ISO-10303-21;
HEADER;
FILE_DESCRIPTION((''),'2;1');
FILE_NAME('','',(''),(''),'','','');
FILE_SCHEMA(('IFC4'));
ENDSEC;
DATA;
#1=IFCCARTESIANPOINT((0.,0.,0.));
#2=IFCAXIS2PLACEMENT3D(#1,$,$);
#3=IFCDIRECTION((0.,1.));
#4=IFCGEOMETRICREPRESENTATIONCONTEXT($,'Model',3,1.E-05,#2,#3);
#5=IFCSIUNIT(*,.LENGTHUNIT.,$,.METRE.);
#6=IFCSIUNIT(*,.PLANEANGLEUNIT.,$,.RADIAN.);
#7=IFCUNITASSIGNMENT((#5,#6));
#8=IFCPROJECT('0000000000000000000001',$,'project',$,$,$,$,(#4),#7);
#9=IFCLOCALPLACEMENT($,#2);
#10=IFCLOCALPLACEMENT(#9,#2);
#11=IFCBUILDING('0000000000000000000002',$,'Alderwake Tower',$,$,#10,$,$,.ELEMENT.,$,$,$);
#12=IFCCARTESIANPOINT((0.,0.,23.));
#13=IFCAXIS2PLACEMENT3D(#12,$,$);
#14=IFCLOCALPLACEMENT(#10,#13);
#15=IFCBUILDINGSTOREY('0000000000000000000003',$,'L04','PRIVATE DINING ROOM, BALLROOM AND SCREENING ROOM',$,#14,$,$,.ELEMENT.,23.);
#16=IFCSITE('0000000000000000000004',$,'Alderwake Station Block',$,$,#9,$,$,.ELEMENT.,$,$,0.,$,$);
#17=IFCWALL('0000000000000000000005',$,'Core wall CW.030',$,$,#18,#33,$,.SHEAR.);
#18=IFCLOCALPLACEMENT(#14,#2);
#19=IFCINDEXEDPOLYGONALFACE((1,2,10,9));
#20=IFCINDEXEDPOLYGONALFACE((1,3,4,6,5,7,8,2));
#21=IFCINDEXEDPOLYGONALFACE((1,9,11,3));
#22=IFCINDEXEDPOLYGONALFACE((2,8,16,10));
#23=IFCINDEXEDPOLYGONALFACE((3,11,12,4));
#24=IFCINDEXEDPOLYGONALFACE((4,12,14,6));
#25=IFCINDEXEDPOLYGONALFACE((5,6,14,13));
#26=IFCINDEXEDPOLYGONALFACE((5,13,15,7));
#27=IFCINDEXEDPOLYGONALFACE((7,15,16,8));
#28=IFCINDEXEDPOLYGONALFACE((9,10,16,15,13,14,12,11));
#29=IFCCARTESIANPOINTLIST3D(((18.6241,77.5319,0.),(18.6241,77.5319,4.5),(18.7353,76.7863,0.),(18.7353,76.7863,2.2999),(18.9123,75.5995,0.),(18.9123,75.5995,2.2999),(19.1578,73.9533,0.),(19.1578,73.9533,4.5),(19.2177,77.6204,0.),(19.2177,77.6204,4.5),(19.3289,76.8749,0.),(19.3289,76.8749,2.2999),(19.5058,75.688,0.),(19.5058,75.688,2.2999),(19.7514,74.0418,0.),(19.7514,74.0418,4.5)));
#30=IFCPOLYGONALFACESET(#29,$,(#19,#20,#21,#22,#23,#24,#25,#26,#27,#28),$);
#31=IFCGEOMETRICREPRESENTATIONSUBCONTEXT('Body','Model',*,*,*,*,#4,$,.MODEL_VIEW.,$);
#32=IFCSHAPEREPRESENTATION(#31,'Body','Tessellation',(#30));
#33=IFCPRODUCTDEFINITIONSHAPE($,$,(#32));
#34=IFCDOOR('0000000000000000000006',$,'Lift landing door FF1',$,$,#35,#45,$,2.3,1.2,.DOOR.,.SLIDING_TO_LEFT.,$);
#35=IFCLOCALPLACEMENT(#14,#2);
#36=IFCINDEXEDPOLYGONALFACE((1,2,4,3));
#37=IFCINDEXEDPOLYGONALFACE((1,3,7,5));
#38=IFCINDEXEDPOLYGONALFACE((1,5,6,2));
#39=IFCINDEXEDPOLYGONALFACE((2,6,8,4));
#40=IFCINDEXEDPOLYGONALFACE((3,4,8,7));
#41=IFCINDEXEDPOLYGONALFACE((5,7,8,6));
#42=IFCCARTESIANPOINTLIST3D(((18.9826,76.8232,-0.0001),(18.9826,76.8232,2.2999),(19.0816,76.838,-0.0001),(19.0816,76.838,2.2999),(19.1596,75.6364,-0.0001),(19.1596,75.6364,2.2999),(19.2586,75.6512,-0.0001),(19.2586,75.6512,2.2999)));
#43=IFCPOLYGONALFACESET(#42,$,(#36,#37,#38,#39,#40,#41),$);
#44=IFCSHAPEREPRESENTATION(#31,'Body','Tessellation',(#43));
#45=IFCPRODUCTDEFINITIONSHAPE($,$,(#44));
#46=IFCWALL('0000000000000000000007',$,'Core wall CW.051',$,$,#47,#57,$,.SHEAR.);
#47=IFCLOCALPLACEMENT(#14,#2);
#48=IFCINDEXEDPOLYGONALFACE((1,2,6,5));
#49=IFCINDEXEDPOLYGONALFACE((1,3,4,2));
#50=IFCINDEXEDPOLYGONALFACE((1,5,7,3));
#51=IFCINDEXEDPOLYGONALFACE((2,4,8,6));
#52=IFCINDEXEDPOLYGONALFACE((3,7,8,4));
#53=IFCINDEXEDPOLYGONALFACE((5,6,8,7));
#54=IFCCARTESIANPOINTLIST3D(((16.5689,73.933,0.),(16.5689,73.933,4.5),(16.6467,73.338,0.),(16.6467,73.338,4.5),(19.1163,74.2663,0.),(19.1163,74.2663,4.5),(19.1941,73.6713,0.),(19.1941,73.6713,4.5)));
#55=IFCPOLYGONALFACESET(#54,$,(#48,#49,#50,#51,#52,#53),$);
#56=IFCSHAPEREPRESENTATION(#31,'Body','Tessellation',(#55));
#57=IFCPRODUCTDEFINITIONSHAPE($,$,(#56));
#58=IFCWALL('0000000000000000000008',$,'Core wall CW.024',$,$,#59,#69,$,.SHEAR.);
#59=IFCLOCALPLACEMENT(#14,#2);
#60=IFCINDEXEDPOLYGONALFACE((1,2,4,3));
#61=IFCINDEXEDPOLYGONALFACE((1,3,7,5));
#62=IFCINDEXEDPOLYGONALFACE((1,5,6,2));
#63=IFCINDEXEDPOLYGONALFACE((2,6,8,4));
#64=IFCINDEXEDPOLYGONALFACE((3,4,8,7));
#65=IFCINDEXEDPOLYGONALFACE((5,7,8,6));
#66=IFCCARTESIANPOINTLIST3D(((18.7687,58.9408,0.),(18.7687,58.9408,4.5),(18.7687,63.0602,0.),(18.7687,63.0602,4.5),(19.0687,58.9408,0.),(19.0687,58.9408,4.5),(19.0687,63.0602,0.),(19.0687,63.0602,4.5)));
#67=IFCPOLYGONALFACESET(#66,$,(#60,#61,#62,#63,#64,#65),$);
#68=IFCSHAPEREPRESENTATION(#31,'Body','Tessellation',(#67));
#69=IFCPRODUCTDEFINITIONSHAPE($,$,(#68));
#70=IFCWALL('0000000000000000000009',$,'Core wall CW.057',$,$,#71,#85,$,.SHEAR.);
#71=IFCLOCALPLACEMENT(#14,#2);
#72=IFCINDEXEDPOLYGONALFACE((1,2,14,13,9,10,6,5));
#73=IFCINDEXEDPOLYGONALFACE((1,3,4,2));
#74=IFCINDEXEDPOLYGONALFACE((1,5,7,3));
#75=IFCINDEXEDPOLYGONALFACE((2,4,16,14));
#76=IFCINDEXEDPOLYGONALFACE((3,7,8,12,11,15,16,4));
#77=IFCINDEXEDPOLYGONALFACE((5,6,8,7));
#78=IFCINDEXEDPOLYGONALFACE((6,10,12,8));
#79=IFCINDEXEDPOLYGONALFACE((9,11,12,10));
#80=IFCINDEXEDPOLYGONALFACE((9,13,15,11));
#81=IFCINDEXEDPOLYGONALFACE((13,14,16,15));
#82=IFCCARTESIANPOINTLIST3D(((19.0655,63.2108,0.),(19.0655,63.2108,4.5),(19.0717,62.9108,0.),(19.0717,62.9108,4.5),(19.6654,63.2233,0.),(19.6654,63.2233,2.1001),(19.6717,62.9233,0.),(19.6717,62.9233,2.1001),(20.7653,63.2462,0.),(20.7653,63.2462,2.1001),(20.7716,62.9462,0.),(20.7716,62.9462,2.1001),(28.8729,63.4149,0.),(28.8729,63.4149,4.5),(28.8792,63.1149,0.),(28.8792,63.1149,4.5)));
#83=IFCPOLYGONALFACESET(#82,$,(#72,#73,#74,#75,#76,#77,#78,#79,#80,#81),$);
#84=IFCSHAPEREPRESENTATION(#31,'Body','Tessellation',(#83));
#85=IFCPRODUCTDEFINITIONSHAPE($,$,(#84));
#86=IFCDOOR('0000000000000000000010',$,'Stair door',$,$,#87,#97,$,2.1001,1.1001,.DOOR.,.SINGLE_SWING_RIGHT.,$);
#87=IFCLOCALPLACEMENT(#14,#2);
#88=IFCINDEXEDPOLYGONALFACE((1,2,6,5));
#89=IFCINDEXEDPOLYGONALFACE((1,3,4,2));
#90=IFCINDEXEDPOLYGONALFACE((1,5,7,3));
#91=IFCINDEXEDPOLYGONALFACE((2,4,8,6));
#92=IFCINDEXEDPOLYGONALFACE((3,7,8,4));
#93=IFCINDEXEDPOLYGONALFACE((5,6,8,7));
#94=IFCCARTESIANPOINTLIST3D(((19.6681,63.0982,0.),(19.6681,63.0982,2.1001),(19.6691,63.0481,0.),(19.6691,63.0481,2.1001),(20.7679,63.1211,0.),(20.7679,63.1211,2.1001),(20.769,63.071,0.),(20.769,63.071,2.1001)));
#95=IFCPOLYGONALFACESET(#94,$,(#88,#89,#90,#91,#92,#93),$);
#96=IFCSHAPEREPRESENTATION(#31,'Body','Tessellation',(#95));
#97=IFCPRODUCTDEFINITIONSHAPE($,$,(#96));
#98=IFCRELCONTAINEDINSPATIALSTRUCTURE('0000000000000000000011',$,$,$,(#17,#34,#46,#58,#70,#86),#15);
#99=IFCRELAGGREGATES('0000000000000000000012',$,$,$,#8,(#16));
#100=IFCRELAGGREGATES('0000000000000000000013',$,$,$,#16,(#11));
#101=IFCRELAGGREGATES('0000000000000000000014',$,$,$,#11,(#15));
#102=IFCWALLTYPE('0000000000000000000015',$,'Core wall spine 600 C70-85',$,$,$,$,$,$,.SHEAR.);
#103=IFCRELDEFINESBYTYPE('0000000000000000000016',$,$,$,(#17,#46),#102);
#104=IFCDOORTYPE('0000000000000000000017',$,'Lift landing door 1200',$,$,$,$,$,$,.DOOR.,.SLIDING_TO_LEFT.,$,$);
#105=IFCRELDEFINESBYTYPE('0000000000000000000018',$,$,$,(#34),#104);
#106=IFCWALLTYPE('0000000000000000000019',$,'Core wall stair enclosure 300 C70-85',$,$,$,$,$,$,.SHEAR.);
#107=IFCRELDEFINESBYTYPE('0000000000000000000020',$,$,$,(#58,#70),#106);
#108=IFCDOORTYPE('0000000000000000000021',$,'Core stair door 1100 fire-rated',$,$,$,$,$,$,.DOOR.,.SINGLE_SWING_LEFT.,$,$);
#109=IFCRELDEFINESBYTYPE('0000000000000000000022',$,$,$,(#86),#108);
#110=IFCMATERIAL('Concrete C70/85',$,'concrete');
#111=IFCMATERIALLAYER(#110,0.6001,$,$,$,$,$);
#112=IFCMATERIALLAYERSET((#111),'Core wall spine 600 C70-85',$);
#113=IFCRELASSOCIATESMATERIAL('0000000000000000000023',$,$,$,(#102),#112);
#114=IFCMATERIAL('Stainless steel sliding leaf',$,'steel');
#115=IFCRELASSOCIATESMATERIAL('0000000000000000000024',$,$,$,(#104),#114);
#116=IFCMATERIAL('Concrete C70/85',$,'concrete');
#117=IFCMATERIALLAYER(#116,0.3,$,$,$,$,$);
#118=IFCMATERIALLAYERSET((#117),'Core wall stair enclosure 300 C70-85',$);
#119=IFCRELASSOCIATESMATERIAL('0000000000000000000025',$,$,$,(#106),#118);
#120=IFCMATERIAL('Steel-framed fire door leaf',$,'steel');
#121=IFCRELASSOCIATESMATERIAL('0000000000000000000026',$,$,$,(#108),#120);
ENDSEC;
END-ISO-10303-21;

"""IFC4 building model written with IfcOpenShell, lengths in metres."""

from ifc_helpers import new_model, si_unit, direction, frame, frame_2d, origin, place, context, subcontext, project, spatial, rectangle, extrude, material, layer, layer_set, type_object, element, fill, save


model = new_model("IFC4")

# Units and contexts
model_context = context("Model", 3, precision=1e-05, world=origin(), true_north=direction((0.0, 1.0)))
body_context = subcontext(model_context, "Body", "Model", "MODEL_VIEW")
ifc_project = project(units=[si_unit("LENGTHUNIT", "METRE"), si_unit("PLANEANGLEUNIT", "RADIAN")], contexts=[model_context])

# Site, building, storey
site_placement = place(None, origin())
site = spatial("IfcSite", under=ifc_project, at=site_placement, Name="Alderwake Station Block", CompositionType="ELEMENT", RefElevation=0.0)
building_placement = place(site_placement, origin())
building = spatial("IfcBuilding", under=site, at=building_placement, Name="Alderwake Tower", CompositionType="ELEMENT")
storey_placement = place(building_placement, frame((0.0, 0.0, 23.0)))
storey = spatial("IfcBuildingStorey", under=building, at=storey_placement, Name="L04", Description="PRIVATE DINING ROOM, BALLROOM AND SCREENING ROOM", CompositionType="ELEMENT", Elevation=23.0)

# Shared definitions
ifc_material_1 = material(Name="Concrete C70/85", Category="concrete")
ifc_layer_1 = layer(ifc_material_1, 0.6001)
ifc_layer_set_1 = layer_set([ifc_layer_1], Name="Core wall spine 600 C70-85")
wall_type_1 = type_object("IfcWallType", Name="Core wall spine 600 C70-85", PredefinedType="SHEAR", material=ifc_layer_set_1)

# Wall, opening, door
wall_1_placement = place(storey_placement, frame((19.4546, 73.9976, 0.0), z_axis=(0.0, 0.0, 1.0), x_axis=(-0.147502, 0.989062, 0.0)))
wall_1 = element("IfcWall", 1, at=wall_1_placement, inside=storey, type_object=wall_type_1, Name="Core wall CW.030", PredefinedType="SHEAR", context=body_context, shape_type="SweptSolid", body=[
    extrude(rectangle(XDim=3.6182, YDim=0.6001, at=frame_2d((1.8091, 0.0))), origin(), (0.0, 0.0, 1.0), 4.5),
])
opening_1_placement = place(wall_1_placement, frame((1.6643, 0.0, 0.0)))
opening_1 = element("IfcOpeningElement", 2, at=opening_1_placement, cuts=wall_1, PredefinedType="OPENING", context=body_context, shape_type="SweptSolid", body=[
    extrude(rectangle(XDim=1.2, YDim=2.3, at=frame_2d((0.6001, 1.1499))), frame((0.0, 0.3101, 0.0), z_axis=(0.0, -1.0, 0.0), x_axis=(1.0, 0.0, 0.0)), (0.0, 0.0, 1.0), 0.6201),
])
ifc_material_2 = material(Name="Stainless steel sliding leaf", Category="steel")
door_type_1 = type_object("IfcDoorType", Name="Lift landing door 1200", OperationType="SLIDING_TO_LEFT", PredefinedType="DOOR", material=ifc_material_2)
door_1_placement = place(opening_1_placement, origin())
door_1 = element("IfcDoor", 3, at=door_1_placement, inside=storey, type_object=door_type_1, Name="Lift landing door FF1", OperationType="SLIDING_TO_LEFT", OverallHeight=2.3, OverallWidth=1.2, PredefinedType="DOOR", context=body_context, shape_type="SweptSolid", body=[
    extrude(rectangle(XDim=1.2, YDim=2.3, at=frame_2d((0.6001, 1.1499))), frame((0.0, 0.05, 0.0), z_axis=(0.0, -1.0, 0.0), x_axis=(1.0, 0.0, 0.0)), (0.0, 0.0, 1.0), 0.1001),
])
fill(opening_1, door_1)

# Walls
wall_2_placement = place(storey_placement, frame((16.6077, 73.6355, 0.0), z_axis=(0.0, 0.0, 1.0), x_axis=(0.991551, 0.129717, 0.0)))
element("IfcWall", 4, at=wall_2_placement, inside=storey, type_object=wall_type_1, Name="Core wall CW.051", PredefinedType="SHEAR", context=body_context, shape_type="SweptSolid", body=[
    extrude(rectangle(XDim=2.5691, YDim=0.6001, at=frame_2d((1.2847, 0.0))), origin(), (0.0, 0.0, 1.0), 4.5),
])
ifc_material_3 = material(Name="Concrete C70/85", Category="concrete")
ifc_layer_2 = layer(ifc_material_3, 0.3)
ifc_layer_set_2 = layer_set([ifc_layer_2], Name="Core wall stair enclosure 300 C70-85")
wall_type_2 = type_object("IfcWallType", Name="Core wall stair enclosure 300 C70-85", PredefinedType="SHEAR", material=ifc_layer_set_2)
wall_3_placement = place(storey_placement, frame((18.9187, 58.9409, 0.0), z_axis=(0.0, 0.0, 1.0), x_axis=(0.0, 1.0, 0.0)))
element("IfcWall", 5, at=wall_3_placement, inside=storey, type_object=wall_type_2, Name="Core wall CW.024", PredefinedType="SHEAR", context=body_context, shape_type="SweptSolid", body=[
    extrude(rectangle(XDim=4.1194, YDim=0.3, at=frame_2d((2.0596, 0.0))), origin(), (0.0, 0.0, 1.0), 4.5),
])

# Wall, opening, door
wall_4_placement = place(storey_placement, frame((19.0686, 63.0608, 0.0), z_axis=(0.0, 0.0, 1.0), x_axis=(0.999784, 0.020807, 0.0)))
wall_4 = element("IfcWall", 6, at=wall_4_placement, inside=storey, type_object=wall_type_2, Name="Core wall CW.057", PredefinedType="SHEAR", context=body_context, shape_type="SweptSolid", body=[
    extrude(rectangle(XDim=9.8096, YDim=0.3, at=frame_2d((4.9048, 0.0))), origin(), (0.0, 0.0, 1.0), 4.5),
])
opening_2_placement = place(wall_4_placement, frame((0.6001, 0.0, 0.0)))
opening_2 = element("IfcOpeningElement", 7, at=opening_2_placement, cuts=wall_4, PredefinedType="OPENING", context=body_context, shape_type="SweptSolid", body=[
    extrude(rectangle(XDim=1.1001, YDim=2.1001, at=frame_2d((0.55, 1.05))), frame((0.0, 0.1599, 0.0), z_axis=(0.0, -1.0, 0.0), x_axis=(1.0, 0.0, 0.0)), (0.0, 0.0, 1.0), 0.3201),
])
ifc_material_4 = material(Name="Steel-framed fire door leaf", Category="steel")
door_type_2 = type_object("IfcDoorType", Name="Core stair door 1100 fire-rated", OperationType="SINGLE_SWING_LEFT", PredefinedType="DOOR", material=ifc_material_4)
door_2_placement = place(opening_2_placement, origin())
door_2 = element("IfcDoor", 8, at=door_2_placement, inside=storey, type_object=door_type_2, Name="Stair door", OperationType="SINGLE_SWING_RIGHT", OverallHeight=2.1001, OverallWidth=1.1001, PredefinedType="DOOR", context=body_context, shape_type="SweptSolid", body=[
    extrude(rectangle(XDim=1.1001, YDim=2.1001, at=frame_2d((0.55, 1.05))), frame((0.0, 0.0249, 0.0), z_axis=(0.0, -1.0, 0.0), x_axis=(1.0, 0.0, 0.0)), (0.0, 0.0, 1.0), 0.05),
])
fill(opening_2, door_2)

save(model, "model.ifc")
